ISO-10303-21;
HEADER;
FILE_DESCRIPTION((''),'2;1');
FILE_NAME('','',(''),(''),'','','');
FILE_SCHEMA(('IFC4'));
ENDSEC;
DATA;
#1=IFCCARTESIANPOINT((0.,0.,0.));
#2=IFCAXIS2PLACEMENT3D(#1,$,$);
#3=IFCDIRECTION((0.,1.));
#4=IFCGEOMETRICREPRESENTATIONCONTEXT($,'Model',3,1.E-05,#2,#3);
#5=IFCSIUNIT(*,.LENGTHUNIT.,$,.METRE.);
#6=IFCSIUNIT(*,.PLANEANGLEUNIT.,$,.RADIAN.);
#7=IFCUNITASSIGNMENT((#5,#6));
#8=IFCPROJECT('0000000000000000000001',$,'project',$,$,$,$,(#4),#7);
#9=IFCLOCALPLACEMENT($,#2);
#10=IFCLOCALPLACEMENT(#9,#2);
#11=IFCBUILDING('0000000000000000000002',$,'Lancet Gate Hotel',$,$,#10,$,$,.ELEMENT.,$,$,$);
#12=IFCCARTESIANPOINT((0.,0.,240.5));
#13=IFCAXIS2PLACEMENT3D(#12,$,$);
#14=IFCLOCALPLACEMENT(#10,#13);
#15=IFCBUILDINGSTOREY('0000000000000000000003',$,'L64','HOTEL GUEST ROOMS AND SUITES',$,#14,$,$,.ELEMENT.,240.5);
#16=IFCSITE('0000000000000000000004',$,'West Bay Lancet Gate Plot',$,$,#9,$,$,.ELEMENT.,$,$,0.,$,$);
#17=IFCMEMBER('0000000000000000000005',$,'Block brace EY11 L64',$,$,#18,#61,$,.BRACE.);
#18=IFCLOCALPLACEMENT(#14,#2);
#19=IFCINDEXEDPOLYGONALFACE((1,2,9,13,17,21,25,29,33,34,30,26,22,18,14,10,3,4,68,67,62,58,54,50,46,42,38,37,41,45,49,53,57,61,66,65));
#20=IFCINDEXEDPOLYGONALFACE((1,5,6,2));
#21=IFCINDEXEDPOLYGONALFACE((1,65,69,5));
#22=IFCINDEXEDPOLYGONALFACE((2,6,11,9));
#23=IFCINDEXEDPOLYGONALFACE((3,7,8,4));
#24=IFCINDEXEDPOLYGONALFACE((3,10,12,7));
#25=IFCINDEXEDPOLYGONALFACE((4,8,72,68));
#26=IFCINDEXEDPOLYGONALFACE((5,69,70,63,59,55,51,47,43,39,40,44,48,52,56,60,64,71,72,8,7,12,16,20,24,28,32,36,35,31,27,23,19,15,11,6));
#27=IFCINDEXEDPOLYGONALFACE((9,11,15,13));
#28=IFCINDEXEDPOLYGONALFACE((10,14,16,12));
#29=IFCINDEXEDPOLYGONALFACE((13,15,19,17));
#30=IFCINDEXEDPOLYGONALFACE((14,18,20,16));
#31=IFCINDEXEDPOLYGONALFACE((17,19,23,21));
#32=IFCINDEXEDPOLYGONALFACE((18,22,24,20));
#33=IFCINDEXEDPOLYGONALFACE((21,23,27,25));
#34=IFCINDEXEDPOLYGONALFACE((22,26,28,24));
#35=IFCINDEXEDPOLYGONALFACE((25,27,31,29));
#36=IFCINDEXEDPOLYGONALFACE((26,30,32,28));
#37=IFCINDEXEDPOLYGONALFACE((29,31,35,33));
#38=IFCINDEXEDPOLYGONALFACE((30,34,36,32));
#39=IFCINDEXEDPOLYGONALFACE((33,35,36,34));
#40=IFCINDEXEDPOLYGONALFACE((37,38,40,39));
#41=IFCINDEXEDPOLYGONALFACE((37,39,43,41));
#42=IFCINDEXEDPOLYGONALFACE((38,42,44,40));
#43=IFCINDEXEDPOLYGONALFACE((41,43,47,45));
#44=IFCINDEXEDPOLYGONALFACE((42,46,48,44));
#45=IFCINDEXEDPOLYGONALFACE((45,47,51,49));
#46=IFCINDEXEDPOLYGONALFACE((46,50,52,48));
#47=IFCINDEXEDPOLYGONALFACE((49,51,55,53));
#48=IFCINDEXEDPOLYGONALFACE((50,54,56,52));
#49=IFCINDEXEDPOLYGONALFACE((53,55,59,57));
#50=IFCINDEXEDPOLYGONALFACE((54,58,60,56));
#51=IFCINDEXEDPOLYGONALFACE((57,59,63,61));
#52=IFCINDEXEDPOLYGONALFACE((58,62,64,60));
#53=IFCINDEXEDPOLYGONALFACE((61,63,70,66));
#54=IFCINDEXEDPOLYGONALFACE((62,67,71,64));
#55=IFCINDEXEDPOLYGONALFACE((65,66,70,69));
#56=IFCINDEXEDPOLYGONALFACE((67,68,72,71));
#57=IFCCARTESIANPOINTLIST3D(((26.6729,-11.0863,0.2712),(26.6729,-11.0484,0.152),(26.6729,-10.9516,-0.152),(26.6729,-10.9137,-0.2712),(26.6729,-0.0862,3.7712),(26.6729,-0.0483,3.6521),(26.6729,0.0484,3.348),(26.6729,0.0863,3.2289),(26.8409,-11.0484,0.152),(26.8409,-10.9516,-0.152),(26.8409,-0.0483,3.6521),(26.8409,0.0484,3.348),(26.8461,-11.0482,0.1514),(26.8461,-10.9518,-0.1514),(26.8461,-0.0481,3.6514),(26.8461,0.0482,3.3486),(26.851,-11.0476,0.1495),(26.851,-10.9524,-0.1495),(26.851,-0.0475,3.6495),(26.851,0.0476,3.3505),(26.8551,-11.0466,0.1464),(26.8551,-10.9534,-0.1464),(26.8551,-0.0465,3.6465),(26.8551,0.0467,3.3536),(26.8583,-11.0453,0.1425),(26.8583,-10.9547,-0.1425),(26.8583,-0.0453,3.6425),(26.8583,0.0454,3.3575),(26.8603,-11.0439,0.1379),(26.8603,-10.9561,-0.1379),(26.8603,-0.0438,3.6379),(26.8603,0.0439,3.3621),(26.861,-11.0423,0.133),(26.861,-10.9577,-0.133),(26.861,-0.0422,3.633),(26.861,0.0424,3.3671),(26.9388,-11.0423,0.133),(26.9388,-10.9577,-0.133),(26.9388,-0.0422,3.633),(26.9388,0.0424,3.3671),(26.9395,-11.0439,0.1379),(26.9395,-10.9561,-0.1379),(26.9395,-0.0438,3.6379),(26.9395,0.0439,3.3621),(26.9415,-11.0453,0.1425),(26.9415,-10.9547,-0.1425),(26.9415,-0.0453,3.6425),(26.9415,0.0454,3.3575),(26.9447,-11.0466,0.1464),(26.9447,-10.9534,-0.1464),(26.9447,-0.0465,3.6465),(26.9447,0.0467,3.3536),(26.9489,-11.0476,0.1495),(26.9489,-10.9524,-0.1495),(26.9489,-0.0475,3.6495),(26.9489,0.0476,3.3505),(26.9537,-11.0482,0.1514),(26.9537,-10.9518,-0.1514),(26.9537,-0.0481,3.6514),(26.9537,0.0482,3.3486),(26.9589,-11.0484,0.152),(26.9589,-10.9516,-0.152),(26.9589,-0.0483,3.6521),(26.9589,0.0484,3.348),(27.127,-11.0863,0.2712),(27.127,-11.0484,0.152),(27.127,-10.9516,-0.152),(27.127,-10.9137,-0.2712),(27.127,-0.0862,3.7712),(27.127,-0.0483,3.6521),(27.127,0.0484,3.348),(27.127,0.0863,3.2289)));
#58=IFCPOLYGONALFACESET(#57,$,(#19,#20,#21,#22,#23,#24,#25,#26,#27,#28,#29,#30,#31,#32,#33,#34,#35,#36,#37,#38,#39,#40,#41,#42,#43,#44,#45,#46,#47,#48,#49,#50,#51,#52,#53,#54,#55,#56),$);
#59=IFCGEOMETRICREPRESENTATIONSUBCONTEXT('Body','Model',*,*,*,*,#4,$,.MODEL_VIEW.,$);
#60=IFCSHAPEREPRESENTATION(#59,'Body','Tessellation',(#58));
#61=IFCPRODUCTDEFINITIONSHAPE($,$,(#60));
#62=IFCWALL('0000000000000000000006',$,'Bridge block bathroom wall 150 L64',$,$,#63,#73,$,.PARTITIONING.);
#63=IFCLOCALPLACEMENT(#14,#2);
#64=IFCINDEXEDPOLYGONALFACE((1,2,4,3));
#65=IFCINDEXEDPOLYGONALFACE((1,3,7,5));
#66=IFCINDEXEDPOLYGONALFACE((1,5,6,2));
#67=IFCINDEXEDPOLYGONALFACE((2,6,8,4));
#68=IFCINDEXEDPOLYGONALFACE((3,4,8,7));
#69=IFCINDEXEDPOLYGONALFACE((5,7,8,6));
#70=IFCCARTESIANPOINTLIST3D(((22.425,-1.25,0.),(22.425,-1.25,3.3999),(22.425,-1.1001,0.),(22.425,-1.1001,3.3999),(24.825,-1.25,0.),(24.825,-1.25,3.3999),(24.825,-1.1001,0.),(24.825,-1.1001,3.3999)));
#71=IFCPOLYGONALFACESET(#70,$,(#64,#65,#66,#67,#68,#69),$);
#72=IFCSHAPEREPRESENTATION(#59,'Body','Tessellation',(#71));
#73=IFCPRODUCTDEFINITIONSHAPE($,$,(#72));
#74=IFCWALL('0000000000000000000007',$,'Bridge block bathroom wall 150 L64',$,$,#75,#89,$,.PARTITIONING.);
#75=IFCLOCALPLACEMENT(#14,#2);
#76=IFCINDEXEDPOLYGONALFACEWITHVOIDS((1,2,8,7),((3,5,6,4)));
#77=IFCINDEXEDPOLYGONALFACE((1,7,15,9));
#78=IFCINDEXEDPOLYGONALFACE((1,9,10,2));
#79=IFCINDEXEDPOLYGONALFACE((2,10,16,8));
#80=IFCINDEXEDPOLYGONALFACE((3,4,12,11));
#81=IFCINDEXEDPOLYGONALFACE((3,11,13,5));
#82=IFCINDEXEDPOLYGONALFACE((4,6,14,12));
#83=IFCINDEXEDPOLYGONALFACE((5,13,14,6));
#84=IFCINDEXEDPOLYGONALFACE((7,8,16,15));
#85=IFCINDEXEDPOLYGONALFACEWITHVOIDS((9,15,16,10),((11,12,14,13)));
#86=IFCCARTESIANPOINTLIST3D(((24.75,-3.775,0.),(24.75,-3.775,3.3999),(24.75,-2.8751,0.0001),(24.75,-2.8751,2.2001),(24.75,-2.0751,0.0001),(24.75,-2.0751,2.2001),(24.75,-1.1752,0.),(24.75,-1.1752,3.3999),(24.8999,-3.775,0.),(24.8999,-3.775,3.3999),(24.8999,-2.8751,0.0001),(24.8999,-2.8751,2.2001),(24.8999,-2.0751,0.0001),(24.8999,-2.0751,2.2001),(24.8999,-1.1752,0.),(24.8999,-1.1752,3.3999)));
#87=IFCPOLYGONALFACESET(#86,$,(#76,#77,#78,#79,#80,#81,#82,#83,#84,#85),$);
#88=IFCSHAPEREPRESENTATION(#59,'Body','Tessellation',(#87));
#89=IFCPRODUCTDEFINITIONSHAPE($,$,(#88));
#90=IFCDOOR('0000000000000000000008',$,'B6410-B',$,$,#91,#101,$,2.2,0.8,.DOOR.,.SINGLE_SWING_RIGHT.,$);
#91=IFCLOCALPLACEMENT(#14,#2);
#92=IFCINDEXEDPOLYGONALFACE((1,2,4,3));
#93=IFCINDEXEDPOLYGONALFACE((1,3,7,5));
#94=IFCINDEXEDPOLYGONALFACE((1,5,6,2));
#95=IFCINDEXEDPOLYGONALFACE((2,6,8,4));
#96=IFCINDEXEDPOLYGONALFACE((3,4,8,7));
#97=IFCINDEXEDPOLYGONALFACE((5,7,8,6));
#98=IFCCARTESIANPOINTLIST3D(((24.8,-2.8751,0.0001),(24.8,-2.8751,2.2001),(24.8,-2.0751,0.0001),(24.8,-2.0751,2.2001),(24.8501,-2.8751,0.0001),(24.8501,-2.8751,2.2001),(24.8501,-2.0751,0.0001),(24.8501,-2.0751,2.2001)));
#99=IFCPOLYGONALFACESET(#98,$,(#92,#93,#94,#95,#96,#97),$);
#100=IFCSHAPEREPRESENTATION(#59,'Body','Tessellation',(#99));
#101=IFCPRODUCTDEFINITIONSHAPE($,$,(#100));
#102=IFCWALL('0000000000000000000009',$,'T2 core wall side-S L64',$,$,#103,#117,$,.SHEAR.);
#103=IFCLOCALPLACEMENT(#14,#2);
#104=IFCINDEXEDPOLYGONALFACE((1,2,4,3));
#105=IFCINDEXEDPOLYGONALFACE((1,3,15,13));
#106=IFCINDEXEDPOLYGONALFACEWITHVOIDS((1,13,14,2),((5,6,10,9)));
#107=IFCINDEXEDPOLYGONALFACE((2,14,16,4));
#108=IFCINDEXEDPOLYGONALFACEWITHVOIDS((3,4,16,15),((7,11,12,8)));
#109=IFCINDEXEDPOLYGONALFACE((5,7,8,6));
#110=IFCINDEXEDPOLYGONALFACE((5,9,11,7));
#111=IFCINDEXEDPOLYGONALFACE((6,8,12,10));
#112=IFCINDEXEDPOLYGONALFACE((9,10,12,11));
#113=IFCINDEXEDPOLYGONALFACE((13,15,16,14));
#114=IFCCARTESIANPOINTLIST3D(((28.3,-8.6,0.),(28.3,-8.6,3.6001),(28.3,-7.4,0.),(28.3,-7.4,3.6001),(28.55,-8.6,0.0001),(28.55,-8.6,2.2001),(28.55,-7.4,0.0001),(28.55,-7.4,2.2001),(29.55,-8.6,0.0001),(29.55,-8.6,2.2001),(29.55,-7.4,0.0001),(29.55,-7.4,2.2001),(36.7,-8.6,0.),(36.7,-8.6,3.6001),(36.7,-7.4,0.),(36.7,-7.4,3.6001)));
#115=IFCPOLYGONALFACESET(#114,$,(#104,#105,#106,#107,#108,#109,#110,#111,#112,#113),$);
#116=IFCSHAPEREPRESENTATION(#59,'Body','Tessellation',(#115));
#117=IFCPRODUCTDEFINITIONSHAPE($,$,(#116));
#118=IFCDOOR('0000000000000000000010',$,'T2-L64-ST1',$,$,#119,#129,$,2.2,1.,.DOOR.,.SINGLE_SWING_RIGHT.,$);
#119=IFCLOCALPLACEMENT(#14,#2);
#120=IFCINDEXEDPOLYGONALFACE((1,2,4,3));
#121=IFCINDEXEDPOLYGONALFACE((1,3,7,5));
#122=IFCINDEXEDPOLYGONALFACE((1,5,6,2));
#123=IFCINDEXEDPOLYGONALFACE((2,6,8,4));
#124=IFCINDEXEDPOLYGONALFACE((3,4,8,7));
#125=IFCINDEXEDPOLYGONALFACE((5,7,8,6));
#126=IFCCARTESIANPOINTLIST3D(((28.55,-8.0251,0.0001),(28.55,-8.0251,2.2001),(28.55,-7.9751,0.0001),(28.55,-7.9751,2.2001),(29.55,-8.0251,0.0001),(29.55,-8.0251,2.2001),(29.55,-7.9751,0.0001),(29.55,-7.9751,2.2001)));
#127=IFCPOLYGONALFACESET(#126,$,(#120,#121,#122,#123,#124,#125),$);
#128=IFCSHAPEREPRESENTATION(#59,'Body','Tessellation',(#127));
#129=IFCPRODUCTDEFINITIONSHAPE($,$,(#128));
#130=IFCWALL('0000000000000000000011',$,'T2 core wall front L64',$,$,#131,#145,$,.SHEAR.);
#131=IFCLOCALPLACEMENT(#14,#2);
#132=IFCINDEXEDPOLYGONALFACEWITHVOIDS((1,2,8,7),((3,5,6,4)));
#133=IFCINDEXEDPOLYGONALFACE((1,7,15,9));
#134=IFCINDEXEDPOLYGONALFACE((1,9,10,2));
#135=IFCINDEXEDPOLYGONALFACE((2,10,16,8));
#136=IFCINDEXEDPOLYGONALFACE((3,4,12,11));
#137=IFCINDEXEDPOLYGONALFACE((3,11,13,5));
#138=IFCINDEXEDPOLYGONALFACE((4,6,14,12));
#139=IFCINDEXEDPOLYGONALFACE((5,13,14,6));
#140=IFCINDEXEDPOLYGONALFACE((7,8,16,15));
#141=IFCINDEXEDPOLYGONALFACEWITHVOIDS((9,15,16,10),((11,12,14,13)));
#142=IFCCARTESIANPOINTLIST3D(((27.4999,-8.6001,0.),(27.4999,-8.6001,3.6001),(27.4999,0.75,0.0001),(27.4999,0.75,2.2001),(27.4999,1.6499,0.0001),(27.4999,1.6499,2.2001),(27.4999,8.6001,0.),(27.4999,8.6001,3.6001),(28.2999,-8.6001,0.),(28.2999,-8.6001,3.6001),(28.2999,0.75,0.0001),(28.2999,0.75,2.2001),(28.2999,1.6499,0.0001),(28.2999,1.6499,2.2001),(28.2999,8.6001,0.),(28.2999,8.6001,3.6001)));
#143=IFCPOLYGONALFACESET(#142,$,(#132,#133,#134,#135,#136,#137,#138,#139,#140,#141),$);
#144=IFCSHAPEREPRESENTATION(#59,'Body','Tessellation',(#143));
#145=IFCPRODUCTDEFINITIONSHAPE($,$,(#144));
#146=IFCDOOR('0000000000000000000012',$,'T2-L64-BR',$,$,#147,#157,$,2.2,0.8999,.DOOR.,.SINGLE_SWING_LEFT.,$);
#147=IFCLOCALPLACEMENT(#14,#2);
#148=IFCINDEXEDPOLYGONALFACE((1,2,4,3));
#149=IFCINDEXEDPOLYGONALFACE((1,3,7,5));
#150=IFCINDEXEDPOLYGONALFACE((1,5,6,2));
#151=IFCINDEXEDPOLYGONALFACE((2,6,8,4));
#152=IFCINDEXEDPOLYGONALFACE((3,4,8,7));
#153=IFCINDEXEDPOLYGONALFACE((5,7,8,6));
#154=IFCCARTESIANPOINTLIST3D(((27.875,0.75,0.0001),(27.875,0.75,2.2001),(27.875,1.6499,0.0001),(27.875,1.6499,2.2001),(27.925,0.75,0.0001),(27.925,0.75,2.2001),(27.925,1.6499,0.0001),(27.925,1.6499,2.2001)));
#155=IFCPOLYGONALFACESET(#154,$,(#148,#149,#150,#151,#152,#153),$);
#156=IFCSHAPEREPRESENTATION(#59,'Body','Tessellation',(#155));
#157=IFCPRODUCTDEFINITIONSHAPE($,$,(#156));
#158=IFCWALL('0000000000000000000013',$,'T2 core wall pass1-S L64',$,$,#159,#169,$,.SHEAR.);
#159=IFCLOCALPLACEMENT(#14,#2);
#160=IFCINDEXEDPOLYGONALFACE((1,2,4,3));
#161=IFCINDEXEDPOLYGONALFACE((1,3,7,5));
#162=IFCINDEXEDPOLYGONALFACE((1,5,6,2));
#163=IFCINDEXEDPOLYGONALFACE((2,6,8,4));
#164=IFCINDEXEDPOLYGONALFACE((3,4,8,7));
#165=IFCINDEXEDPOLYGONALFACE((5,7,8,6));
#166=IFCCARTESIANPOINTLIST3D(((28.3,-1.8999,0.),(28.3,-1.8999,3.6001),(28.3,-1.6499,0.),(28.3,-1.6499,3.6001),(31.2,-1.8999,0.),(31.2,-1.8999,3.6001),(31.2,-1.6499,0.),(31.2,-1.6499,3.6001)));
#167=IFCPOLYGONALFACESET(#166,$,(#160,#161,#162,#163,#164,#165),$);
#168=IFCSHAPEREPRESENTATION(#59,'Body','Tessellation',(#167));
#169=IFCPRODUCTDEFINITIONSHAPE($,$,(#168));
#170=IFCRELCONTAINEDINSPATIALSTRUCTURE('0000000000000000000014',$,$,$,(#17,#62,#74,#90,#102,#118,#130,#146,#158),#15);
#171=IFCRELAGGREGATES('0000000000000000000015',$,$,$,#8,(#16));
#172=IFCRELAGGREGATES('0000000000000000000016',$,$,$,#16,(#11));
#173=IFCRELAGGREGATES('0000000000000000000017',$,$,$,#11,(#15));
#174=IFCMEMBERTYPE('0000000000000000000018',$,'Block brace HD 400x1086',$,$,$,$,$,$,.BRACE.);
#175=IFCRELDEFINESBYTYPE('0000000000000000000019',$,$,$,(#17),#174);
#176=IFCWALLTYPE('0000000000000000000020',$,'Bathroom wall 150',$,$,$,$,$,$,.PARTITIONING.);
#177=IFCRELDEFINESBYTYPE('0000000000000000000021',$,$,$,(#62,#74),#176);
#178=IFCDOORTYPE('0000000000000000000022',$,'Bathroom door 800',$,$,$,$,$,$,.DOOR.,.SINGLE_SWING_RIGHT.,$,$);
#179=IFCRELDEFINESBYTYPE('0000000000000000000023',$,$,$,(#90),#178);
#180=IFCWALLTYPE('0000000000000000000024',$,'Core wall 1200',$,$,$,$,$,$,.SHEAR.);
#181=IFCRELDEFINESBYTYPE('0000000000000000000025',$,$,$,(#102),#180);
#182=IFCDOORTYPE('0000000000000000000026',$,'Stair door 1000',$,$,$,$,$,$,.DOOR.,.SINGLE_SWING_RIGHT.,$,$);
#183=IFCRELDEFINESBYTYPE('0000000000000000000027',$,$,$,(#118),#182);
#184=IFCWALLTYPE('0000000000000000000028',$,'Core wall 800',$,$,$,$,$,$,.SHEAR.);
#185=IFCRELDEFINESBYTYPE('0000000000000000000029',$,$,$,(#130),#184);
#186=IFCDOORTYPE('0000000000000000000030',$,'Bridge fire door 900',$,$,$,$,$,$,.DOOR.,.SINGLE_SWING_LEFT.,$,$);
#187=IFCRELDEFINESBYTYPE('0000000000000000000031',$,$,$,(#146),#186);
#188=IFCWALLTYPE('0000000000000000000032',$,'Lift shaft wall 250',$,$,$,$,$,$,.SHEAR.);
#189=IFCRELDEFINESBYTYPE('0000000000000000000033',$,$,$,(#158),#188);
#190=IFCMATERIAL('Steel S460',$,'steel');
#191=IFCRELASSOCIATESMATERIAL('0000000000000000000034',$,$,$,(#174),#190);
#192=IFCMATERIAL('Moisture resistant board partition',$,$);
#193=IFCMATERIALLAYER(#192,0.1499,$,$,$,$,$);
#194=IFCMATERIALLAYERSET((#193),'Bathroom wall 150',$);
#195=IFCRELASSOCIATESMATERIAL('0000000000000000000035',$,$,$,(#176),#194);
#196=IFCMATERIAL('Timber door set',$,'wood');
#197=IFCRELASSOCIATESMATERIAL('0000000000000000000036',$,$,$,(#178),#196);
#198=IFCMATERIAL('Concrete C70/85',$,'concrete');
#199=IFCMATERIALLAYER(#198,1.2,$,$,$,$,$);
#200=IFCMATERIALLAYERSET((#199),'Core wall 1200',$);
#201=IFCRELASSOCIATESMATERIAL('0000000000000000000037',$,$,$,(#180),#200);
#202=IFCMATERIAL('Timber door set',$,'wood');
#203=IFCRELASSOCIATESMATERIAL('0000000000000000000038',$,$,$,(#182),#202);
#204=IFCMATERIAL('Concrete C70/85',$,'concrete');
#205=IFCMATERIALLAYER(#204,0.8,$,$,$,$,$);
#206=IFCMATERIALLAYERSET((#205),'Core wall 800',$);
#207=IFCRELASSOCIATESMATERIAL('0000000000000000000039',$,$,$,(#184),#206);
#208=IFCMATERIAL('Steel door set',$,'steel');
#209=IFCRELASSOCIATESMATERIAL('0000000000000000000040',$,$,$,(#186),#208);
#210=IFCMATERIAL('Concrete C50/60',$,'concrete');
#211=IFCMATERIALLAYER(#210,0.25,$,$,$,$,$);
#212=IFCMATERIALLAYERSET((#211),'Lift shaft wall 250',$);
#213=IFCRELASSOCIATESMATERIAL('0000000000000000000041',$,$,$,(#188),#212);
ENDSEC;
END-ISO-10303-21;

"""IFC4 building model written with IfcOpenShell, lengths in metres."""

from ifc_helpers import new_model, si_unit, direction, frame, frame_2d, origin, origin_2d, place, context, subcontext, project, spatial, rectangle, i_section, extrude, material, layer, layer_set, material_profile, profile_set, type_object, element, fill, save


model = new_model("IFC4")

# Units and contexts
model_context = context("Model", 3, precision=1e-05, world=origin(), true_north=direction((0.0, 1.0)))
body_context = subcontext(model_context, "Body", "Model", "MODEL_VIEW")
ifc_project = project(units=[si_unit("LENGTHUNIT", "METRE"), si_unit("PLANEANGLEUNIT", "RADIAN")], contexts=[model_context])

# Site, building, storey
site_placement = place(None, origin())
site = spatial("IfcSite", under=ifc_project, at=site_placement, Name="West Bay Lancet Gate Plot", CompositionType="ELEMENT", RefElevation=0.0)
building_placement = place(site_placement, origin())
building = spatial("IfcBuilding", under=site, at=building_placement, Name="Lancet Gate Hotel", CompositionType="ELEMENT")
storey_placement = place(building_placement, frame((0.0, 0.0, 240.5)))
storey = spatial("IfcBuildingStorey", under=building, at=storey_placement, Name="L64", Description="HOTEL GUEST ROOMS AND SUITES", CompositionType="ELEMENT", Elevation=240.5)

# Member
ifc_material_1 = material(Name="Steel S460", Category="steel")
ifc_material_profile_1 = material_profile(ifc_material_1, i_section(OverallWidth=0.4541, OverallDepth=0.5691, WebThickness=0.0779, FlangeThickness=0.125, FilletRadius=0.02, at=origin_2d()), Name="HD 400x1086")
ifc_profile_set_1 = profile_set([ifc_material_profile_1], Name="Steel S460")
member_type_1 = type_object("IfcMemberType", Name="Block brace HD 400x1086", PredefinedType="BRACE", material=ifc_profile_set_1)
member_1_placement = place(storey_placement, frame((26.8999, -11.0, 0.0), z_axis=(0.0, 0.952926, 0.303204), x_axis=(-1.0, 0.0, 0.0)))
element("IfcMember", 1, at=member_1_placement, inside=storey, type_object=member_type_1, Name="Block brace EY11 L64", PredefinedType="BRACE", context=body_context, shape_type="SweptSolid", body=[
    extrude(i_section(OverallWidth=0.4541, OverallDepth=0.5691, WebThickness=0.0779, FlangeThickness=0.125, FilletRadius=0.02, at=origin_2d()), origin(), (0.0, 0.0, 1.0), 11.5435),
])

# Wall
ifc_material_2 = material(Name="Moisture resistant board partition")
ifc_layer_1 = layer(ifc_material_2, 0.1499)
ifc_layer_set_1 = layer_set([ifc_layer_1], Name="Bathroom wall 150")
wall_type_1 = type_object("IfcWallType", Name="Bathroom wall 150", PredefinedType="PARTITIONING", material=ifc_layer_set_1)
wall_1_placement = place(storey_placement, frame((22.425, -1.175, 0.0), z_axis=(0.0, 0.0, 1.0), x_axis=(1.0, 0.0, 0.0)))
element("IfcWall", 2, at=wall_1_placement, inside=storey, type_object=wall_type_1, Name="Bridge block bathroom wall 150 L64", PredefinedType="PARTITIONING", context=body_context, shape_type="SweptSolid", body=[
    extrude(rectangle(XDim=2.3999, YDim=0.1499, at=frame_2d((1.2, 0.0))), origin(), (0.0, 0.0, 1.0), 3.3999),
])

# Walls, openings, doors
wall_2_placement = place(storey_placement, frame((24.825, -3.7749, 0.0), z_axis=(0.0, 0.0, 1.0), x_axis=(0.0, 1.0, 0.0)))
wall_2 = element("IfcWall", 3, at=wall_2_placement, inside=storey, type_object=wall_type_1, Name="Bridge block bathroom wall 150 L64", PredefinedType="PARTITIONING", context=body_context, shape_type="SweptSolid", body=[
    extrude(rectangle(XDim=2.5999, YDim=0.1499, at=frame_2d((1.2998, 0.0))), origin(), (0.0, 0.0, 1.0), 3.3999),
])
opening_1_placement = place(wall_2_placement, frame((0.8999, 0.0, 0.0)))
opening_1 = element("IfcOpeningElement", 4, at=opening_1_placement, cuts=wall_2, PredefinedType="OPENING", context=body_context, shape_type="SweptSolid", body=[
    extrude(rectangle(XDim=0.8, YDim=2.2, at=frame_2d((0.3999, 1.1001))), frame((0.0, 0.085, 0.0), z_axis=(0.0, -1.0, 0.0), x_axis=(1.0, 0.0, 0.0)), (0.0, 0.0, 1.0), 0.1699),
])
ifc_material_3 = material(Name="Timber door set", Category="wood")
door_type_1 = type_object("IfcDoorType", Name="Bathroom door 800", OperationType="SINGLE_SWING_RIGHT", PredefinedType="DOOR", material=ifc_material_3)
door_1_placement = place(opening_1_placement, origin())
door_1 = element("IfcDoor", 5, at=door_1_placement, inside=storey, type_object=door_type_1, Name="B6410-B", OperationType="SINGLE_SWING_RIGHT", OverallHeight=2.2, OverallWidth=0.8, PredefinedType="DOOR", context=body_context, shape_type="SweptSolid", body=[
    extrude(rectangle(XDim=0.8, YDim=2.2, at=frame_2d((0.3999, 1.1001))), frame((0.0, 0.0249, 0.0), z_axis=(0.0, -1.0, 0.0), x_axis=(1.0, 0.0, 0.0)), (0.0, 0.0, 1.0), 0.05),
])
fill(opening_1, door_1)
ifc_material_4 = material(Name="Concrete C70/85", Category="concrete")
ifc_layer_2 = layer(ifc_material_4, 1.2)
ifc_layer_set_2 = layer_set([ifc_layer_2], Name="Core wall 1200")
wall_type_2 = type_object("IfcWallType", Name="Core wall 1200", PredefinedType="SHEAR", material=ifc_layer_set_2)
wall_3_placement = place(storey_placement, frame((28.3, -8.0, 0.0), z_axis=(0.0, 0.0, 1.0), x_axis=(1.0, 0.0, 0.0)))
wall_3 = element("IfcWall", 6, at=wall_3_placement, inside=storey, type_object=wall_type_2, Name="T2 core wall side-S L64", PredefinedType="SHEAR", context=body_context, shape_type="SweptSolid", body=[
    extrude(rectangle(XDim=8.3999, YDim=1.2, at=frame_2d((4.2, 0.0))), origin(), (0.0, 0.0, 1.0), 3.6001),
])
opening_2_placement = place(wall_3_placement, frame((0.25, 0.0, 0.0)))
opening_2 = element("IfcOpeningElement", 7, at=opening_2_placement, cuts=wall_3, PredefinedType="OPENING", context=body_context, shape_type="SweptSolid", body=[
    extrude(rectangle(XDim=1.0, YDim=2.2, at=frame_2d((0.5, 1.1001))), frame((0.0, 0.6099, 0.0), z_axis=(0.0, -1.0, 0.0), x_axis=(1.0, 0.0, 0.0)), (0.0, 0.0, 1.0), 1.22),
])
ifc_material_5 = material(Name="Timber door set", Category="wood")
door_type_2 = type_object("IfcDoorType", Name="Stair door 1000", OperationType="SINGLE_SWING_RIGHT", PredefinedType="DOOR", material=ifc_material_5)
door_2_placement = place(opening_2_placement, origin())
door_2 = element("IfcDoor", 8, at=door_2_placement, inside=storey, type_object=door_type_2, Name="T2-L64-ST1", OperationType="SINGLE_SWING_RIGHT", OverallHeight=2.2, OverallWidth=1.0, PredefinedType="DOOR", context=body_context, shape_type="SweptSolid", body=[
    extrude(rectangle(XDim=1.0, YDim=2.2, at=frame_2d((0.5, 1.1001))), frame((0.0, 0.0249, 0.0), z_axis=(0.0, -1.0, 0.0), x_axis=(1.0, 0.0, 0.0)), (0.0, 0.0, 1.0), 0.05),
])
fill(opening_2, door_2)
ifc_material_6 = material(Name="Concrete C70/85", Category="concrete")
ifc_layer_3 = layer(ifc_material_6, 0.8)
ifc_layer_set_3 = layer_set([ifc_layer_3], Name="Core wall 800")
wall_type_3 = type_object("IfcWallType", Name="Core wall 800", PredefinedType="SHEAR", material=ifc_layer_set_3)
wall_4_placement = place(storey_placement, frame((27.8999, -8.6001, 0.0), z_axis=(0.0, 0.0, 1.0), x_axis=(0.0, 1.0, 0.0)))
wall_4 = element("IfcWall", 9, at=wall_4_placement, inside=storey, type_object=wall_type_3, Name="T2 core wall front L64", PredefinedType="SHEAR", context=body_context, shape_type="SweptSolid", body=[
    extrude(rectangle(XDim=17.2002, YDim=0.8, at=frame_2d((8.6001, 0.0))), origin(), (0.0, 0.0, 1.0), 3.6001),
])
opening_3_placement = place(wall_4_placement, frame((9.3501, 0.0, 0.0)))
opening_3 = element("IfcOpeningElement", 10, at=opening_3_placement, cuts=wall_4, PredefinedType="OPENING", context=body_context, shape_type="SweptSolid", body=[
    extrude(rectangle(XDim=0.8999, YDim=2.2, at=frame_2d((0.45, 1.1001))), frame((0.0, 0.4099, 0.0), z_axis=(0.0, -1.0, 0.0), x_axis=(1.0, 0.0, 0.0)), (0.0, 0.0, 1.0), 0.8201),
])
ifc_material_7 = material(Name="Steel door set", Category="steel")
door_type_3 = type_object("IfcDoorType", Name="Bridge fire door 900", OperationType="SINGLE_SWING_LEFT", PredefinedType="DOOR", material=ifc_material_7)
door_3_placement = place(opening_3_placement, origin())
door_3 = element("IfcDoor", 11, at=door_3_placement, inside=storey, type_object=door_type_3, Name="T2-L64-BR", OperationType="SINGLE_SWING_LEFT", OverallHeight=2.2, OverallWidth=0.8999, PredefinedType="DOOR", context=body_context, shape_type="SweptSolid", body=[
    extrude(rectangle(XDim=0.8999, YDim=2.2, at=frame_2d((0.45, 1.1001))), frame((0.0, 0.0249, 0.0), z_axis=(0.0, -1.0, 0.0), x_axis=(1.0, 0.0, 0.0)), (0.0, 0.0, 1.0), 0.05),
])
fill(opening_3, door_3)

# Wall
ifc_material_8 = material(Name="Concrete C50/60", Category="concrete")
ifc_layer_4 = layer(ifc_material_8, 0.25)
ifc_layer_set_4 = layer_set([ifc_layer_4], Name="Lift shaft wall 250")
wall_type_4 = type_object("IfcWallType", Name="Lift shaft wall 250", PredefinedType="SHEAR", material=ifc_layer_set_4)
wall_5_placement = place(storey_placement, frame((28.3, -1.7749, 0.0), z_axis=(0.0, 0.0, 1.0), x_axis=(1.0, 0.0, 0.0)))
element("IfcWall", 12, at=wall_5_placement, inside=storey, type_object=wall_type_4, Name="T2 core wall pass1-S L64", PredefinedType="SHEAR", context=body_context, shape_type="SweptSolid", body=[
    extrude(rectangle(XDim=2.8999, YDim=0.25, at=frame_2d((1.45, 0.0))), origin(), (0.0, 0.0, 1.0), 3.6001),
])

save(model, "model.ifc")
